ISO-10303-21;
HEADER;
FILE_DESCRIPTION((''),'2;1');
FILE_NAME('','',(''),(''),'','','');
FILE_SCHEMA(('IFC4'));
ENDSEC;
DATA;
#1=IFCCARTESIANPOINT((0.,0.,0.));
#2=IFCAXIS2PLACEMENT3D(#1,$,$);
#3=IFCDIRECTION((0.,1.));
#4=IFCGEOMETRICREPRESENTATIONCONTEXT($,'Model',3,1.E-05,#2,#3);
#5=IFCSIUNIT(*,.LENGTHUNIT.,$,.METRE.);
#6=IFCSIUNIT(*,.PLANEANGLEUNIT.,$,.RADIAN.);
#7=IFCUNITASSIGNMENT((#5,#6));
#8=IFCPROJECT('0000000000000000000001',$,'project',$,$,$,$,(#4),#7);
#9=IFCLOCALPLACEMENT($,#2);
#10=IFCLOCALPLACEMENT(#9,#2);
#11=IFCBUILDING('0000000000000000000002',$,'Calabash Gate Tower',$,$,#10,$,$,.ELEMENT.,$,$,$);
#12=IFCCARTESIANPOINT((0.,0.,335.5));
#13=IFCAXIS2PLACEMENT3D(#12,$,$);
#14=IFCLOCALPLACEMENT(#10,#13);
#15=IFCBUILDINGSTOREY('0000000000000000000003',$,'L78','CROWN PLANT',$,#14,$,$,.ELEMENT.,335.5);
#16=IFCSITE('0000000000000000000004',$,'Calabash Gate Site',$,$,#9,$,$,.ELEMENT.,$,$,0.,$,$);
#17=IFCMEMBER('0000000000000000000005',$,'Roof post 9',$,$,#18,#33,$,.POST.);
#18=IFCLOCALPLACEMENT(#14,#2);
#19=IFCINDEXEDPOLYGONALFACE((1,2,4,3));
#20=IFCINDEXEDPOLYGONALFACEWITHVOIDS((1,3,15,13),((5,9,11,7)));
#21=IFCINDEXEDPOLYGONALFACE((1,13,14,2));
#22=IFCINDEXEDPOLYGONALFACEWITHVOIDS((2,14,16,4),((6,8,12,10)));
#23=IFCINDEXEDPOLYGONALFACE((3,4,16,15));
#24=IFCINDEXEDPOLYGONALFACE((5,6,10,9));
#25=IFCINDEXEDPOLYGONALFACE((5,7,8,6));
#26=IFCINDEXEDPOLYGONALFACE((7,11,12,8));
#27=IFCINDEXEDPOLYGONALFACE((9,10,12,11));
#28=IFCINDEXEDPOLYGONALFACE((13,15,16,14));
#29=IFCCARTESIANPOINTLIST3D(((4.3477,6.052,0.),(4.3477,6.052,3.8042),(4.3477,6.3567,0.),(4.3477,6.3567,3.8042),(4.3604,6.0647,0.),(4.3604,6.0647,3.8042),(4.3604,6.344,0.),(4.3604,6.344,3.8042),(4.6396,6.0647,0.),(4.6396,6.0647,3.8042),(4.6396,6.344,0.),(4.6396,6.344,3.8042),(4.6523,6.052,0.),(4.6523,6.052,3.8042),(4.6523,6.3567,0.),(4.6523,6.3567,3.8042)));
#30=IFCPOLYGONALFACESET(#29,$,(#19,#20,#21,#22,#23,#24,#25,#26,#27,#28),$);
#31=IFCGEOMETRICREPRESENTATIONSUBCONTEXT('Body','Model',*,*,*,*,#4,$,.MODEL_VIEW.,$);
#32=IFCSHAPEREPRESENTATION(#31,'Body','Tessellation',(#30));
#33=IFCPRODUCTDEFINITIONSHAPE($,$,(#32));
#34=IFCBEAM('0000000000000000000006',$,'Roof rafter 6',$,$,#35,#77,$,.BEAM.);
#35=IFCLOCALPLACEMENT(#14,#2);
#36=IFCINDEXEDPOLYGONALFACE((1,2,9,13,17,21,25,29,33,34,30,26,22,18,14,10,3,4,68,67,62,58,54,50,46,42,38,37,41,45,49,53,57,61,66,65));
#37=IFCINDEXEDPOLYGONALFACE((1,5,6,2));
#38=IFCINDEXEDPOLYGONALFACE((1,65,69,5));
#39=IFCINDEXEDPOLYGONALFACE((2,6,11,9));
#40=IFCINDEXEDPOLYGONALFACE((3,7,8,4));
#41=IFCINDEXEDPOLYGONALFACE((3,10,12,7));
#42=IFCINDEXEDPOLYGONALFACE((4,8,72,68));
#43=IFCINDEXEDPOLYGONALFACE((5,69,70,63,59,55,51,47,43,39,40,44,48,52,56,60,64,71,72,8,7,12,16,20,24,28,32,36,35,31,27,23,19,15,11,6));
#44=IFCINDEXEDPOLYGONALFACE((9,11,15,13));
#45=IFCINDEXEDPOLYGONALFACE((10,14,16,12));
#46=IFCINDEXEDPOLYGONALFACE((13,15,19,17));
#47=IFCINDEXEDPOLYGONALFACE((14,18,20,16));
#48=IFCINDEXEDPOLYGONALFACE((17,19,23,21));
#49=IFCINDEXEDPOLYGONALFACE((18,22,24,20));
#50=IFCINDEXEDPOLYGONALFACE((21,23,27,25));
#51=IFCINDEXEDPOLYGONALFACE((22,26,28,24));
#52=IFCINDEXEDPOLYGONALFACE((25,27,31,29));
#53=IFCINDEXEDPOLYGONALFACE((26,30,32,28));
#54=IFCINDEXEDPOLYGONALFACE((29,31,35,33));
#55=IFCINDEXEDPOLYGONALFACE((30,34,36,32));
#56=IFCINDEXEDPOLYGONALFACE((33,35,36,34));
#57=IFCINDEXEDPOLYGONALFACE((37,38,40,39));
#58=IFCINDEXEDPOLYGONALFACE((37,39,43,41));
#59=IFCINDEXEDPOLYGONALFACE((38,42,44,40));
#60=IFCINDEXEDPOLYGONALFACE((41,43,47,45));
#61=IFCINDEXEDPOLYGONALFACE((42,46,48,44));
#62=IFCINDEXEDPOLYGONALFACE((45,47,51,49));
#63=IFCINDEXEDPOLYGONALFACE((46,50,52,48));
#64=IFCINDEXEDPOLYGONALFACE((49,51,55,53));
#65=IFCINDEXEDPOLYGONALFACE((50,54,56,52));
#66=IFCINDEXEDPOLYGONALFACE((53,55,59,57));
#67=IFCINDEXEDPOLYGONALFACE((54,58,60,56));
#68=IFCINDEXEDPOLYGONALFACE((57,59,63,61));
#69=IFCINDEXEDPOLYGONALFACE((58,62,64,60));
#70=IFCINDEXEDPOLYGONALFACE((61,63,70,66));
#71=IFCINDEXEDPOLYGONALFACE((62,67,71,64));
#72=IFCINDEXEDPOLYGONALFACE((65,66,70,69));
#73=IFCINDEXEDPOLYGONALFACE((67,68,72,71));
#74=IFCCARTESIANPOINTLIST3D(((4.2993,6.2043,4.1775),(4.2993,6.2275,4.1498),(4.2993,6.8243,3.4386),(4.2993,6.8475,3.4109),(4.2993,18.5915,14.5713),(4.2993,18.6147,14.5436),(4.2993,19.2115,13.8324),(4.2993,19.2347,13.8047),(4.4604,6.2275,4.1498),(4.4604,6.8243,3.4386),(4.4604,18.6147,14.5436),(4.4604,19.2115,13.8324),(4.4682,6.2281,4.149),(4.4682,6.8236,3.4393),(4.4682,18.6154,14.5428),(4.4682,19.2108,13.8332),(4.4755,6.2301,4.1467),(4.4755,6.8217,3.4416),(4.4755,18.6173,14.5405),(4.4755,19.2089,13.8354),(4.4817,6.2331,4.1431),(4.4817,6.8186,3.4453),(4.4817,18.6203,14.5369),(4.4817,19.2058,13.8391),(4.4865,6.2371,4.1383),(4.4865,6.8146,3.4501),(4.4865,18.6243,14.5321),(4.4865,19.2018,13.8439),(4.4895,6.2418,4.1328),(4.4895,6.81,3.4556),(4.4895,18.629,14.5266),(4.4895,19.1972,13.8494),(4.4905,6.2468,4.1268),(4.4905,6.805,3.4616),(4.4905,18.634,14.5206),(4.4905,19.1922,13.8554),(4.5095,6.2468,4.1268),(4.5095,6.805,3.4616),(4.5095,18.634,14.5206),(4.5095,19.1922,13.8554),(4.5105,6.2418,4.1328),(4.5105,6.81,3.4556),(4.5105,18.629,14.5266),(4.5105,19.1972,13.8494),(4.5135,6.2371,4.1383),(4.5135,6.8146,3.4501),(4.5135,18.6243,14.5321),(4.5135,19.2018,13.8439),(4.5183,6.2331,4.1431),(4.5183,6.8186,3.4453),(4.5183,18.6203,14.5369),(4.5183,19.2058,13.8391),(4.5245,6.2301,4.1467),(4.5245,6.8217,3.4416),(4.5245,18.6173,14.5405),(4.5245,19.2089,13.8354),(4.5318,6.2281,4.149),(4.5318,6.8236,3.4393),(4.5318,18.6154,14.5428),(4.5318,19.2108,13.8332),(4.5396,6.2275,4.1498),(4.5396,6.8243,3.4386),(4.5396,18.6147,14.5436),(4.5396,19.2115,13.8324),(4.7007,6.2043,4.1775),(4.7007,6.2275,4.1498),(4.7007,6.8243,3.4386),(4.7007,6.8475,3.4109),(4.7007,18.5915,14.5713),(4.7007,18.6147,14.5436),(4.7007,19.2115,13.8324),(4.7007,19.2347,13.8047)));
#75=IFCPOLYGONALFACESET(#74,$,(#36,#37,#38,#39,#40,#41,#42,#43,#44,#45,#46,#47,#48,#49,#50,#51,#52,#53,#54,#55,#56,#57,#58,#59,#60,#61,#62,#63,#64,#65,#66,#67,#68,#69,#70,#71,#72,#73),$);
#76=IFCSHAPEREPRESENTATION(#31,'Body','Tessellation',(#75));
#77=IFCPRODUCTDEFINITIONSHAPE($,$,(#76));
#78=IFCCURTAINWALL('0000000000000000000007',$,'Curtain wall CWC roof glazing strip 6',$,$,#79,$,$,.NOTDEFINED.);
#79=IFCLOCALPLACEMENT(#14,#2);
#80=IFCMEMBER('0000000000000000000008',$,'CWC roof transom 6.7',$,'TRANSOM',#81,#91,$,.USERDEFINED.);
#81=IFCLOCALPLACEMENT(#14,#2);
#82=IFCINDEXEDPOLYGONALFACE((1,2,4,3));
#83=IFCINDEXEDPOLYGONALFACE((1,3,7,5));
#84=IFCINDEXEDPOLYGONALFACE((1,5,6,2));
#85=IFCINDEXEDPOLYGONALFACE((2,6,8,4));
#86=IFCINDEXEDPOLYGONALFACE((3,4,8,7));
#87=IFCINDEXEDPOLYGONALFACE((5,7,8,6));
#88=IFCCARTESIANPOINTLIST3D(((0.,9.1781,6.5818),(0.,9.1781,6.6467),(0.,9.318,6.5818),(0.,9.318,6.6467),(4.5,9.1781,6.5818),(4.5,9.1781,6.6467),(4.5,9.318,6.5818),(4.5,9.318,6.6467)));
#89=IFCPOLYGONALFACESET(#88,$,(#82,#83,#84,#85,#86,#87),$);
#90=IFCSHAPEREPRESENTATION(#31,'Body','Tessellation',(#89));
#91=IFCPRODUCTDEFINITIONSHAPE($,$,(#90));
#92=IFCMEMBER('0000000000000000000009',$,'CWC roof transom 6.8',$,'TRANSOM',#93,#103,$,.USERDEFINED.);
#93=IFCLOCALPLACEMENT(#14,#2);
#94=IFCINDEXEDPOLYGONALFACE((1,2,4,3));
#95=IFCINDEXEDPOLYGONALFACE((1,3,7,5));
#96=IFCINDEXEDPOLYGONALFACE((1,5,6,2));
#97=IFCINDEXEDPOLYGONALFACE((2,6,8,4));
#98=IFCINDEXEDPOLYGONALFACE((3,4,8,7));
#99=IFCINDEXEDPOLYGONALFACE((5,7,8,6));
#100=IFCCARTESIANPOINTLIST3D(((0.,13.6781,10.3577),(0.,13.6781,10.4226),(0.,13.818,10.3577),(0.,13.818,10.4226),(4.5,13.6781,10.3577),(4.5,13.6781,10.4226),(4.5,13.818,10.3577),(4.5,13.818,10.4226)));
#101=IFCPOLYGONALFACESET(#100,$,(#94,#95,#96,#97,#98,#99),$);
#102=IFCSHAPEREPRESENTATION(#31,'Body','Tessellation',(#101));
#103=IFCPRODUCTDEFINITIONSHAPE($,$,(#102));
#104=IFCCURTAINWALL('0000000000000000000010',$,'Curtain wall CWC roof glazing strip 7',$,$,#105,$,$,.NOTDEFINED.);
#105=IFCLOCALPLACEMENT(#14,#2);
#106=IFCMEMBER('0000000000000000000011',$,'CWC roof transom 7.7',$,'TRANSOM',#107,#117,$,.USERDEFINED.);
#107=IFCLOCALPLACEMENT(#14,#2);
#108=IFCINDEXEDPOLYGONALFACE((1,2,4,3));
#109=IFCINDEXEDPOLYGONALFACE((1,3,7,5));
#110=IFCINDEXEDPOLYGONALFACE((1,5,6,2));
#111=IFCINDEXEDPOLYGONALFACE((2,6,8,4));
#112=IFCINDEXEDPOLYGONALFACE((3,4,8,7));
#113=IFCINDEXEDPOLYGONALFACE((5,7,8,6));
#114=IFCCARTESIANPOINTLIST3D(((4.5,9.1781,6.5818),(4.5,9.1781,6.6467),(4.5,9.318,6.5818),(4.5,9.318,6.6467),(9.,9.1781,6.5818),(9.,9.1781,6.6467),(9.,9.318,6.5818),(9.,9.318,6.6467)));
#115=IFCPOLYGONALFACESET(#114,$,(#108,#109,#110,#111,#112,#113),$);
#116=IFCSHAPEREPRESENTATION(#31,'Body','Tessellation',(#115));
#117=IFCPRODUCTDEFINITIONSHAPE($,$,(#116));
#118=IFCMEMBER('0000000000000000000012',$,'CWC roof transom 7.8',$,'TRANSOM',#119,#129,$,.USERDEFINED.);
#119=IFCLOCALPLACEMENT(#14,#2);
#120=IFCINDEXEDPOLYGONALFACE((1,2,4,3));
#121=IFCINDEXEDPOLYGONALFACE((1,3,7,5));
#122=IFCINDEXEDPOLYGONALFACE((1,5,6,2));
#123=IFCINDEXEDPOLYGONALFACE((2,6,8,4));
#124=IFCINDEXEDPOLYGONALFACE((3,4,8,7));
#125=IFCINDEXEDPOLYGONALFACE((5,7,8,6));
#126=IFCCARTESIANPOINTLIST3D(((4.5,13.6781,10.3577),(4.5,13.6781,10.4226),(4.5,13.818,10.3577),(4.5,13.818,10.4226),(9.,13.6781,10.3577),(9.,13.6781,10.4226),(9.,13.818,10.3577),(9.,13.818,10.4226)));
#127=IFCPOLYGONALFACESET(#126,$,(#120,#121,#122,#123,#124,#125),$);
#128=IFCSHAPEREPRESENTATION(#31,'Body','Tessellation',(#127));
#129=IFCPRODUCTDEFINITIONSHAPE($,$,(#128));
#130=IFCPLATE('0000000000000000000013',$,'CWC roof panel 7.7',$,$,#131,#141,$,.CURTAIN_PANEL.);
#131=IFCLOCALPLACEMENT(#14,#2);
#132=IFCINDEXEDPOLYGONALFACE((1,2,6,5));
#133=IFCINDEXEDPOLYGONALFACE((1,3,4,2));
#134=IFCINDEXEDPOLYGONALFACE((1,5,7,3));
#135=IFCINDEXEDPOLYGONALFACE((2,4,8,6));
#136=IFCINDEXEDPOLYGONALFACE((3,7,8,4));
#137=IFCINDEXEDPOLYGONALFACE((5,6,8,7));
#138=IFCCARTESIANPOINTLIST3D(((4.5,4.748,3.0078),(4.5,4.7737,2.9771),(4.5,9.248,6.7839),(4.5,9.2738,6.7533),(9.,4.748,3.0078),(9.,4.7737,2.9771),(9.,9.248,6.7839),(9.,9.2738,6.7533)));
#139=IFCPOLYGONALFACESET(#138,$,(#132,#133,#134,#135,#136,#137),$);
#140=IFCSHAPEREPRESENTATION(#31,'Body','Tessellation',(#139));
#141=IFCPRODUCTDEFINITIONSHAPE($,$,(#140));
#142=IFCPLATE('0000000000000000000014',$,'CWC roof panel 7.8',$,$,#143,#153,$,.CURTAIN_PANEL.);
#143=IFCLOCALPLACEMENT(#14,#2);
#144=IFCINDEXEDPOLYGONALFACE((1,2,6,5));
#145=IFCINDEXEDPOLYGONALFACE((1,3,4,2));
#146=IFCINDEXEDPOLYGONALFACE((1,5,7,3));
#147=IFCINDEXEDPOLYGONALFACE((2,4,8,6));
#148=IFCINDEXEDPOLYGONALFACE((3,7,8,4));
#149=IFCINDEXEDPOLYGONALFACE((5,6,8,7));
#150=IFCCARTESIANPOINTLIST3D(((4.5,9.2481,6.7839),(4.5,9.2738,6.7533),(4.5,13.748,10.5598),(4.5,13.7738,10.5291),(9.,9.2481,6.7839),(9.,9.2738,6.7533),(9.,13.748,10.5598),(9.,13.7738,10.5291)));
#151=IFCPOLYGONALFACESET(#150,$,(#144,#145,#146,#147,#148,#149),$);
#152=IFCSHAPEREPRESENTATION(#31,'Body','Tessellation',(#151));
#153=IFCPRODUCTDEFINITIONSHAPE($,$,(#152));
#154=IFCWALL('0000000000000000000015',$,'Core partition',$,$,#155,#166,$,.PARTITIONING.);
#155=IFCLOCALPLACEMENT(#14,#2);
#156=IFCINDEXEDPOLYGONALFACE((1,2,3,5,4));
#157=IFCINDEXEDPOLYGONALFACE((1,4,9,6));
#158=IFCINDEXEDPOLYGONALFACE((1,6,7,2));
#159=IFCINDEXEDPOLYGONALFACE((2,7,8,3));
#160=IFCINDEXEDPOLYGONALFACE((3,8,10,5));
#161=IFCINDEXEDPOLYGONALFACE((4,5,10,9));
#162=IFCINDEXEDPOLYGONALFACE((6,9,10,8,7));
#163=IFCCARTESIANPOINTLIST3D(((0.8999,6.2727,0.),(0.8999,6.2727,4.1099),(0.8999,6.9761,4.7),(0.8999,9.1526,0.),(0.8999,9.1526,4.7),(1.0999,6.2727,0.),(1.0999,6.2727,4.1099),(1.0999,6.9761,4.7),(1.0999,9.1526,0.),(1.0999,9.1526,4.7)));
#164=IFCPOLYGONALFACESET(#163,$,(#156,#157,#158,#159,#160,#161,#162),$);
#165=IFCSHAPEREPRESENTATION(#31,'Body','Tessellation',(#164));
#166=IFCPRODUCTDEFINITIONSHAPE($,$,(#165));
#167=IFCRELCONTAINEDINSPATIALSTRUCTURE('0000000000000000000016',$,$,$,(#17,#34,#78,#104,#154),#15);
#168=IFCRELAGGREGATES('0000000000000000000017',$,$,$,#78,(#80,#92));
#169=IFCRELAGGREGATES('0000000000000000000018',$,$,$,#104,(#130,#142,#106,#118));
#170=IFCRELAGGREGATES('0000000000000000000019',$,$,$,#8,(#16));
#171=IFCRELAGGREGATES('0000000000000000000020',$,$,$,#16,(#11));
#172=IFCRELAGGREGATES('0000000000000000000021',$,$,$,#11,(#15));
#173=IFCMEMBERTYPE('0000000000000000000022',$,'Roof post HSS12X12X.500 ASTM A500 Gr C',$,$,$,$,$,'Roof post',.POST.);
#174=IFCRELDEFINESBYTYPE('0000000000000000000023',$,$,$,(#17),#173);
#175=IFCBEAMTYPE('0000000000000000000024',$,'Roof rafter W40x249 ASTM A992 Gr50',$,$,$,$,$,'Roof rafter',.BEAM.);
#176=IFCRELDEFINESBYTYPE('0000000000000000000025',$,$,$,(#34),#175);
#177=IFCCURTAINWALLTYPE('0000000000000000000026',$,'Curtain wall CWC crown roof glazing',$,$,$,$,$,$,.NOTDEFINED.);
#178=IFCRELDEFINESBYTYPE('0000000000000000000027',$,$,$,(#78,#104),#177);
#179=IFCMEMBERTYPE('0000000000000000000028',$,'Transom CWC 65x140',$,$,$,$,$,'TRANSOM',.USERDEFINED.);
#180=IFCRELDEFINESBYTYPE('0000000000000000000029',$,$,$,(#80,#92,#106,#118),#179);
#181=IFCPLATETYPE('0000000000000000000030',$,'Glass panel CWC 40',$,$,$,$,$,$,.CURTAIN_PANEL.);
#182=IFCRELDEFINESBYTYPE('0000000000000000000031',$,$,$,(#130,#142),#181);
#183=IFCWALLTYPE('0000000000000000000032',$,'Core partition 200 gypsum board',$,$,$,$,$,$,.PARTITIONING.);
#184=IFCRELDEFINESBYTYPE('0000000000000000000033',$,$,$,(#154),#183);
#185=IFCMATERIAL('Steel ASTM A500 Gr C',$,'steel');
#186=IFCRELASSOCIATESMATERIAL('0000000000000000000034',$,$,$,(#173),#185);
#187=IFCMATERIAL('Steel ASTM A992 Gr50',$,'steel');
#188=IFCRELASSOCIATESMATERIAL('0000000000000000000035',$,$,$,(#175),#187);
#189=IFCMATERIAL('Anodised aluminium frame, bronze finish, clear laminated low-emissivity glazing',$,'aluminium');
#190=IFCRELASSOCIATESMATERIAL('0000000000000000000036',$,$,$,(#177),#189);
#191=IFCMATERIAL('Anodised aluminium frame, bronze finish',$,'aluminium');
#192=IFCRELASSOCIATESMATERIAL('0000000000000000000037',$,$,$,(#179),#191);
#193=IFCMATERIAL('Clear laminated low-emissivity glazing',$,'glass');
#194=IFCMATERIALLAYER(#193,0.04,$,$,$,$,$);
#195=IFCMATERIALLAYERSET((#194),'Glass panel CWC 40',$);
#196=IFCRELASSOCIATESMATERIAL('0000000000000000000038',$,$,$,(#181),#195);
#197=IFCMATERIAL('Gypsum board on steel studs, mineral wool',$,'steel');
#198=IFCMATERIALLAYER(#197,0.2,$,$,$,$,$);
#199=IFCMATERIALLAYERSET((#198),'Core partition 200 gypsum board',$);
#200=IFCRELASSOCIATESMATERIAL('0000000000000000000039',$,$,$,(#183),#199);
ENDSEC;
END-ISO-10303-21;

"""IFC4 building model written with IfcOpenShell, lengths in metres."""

from ifc_helpers import new_model, si_unit, direction, frame, origin, origin_2d, place, context, subcontext, project, spatial, polyline, rectangle, hollow_rectangle, i_section, outline, extrude, material, layer, layer_set, material_profile, profile_set, type_object, element, aggregate, save


model = new_model("IFC4")

# Units and contexts
model_context = context("Model", 3, precision=1e-05, world=origin(), true_north=direction((0.0, 1.0)))
body_context = subcontext(model_context, "Body", "Model", "MODEL_VIEW")
ifc_project = project(units=[si_unit("LENGTHUNIT", "METRE"), si_unit("PLANEANGLEUNIT", "RADIAN")], contexts=[model_context])

# Site, building, storey
site_placement = place(None, origin())
site = spatial("IfcSite", under=ifc_project, at=site_placement, Name="Calabash Gate Site", CompositionType="ELEMENT", RefElevation=0.0)
building_placement = place(site_placement, origin())
building = spatial("IfcBuilding", under=site, at=building_placement, Name="Calabash Gate Tower", CompositionType="ELEMENT")
storey_placement = place(building_placement, frame((0.0, 0.0, 335.5)))
storey = spatial("IfcBuildingStorey", under=building, at=storey_placement, Name="L78", Description="CROWN PLANT", CompositionType="ELEMENT", Elevation=335.5)

# Member
ifc_material_1 = material(Name="Steel ASTM A500 Gr C", Category="steel")
ifc_material_profile_1 = material_profile(ifc_material_1, hollow_rectangle(XDim=0.3047, YDim=0.3047, WallThickness=0.0127, at=origin_2d()))
ifc_profile_set_1 = profile_set([ifc_material_profile_1], Name="Steel ASTM A500 Gr C")
member_type_1 = type_object("IfcMemberType", Name="Roof post HSS12X12X.500 ASTM A500 Gr C", ElementType="Roof post", PredefinedType="POST", material=ifc_profile_set_1)
member_1_placement = place(storey_placement, frame((4.5, 6.2043, 0.0), z_axis=(0.0, 0.0, 1.0), x_axis=(1.0, 0.0, 0.0)))
element("IfcMember", 1, at=member_1_placement, inside=storey, type_object=member_type_1, Name="Roof post 9", PredefinedType="POST", context=body_context, shape_type="SweptSolid", body=[
    extrude(hollow_rectangle(XDim=0.3047, YDim=0.3047, WallThickness=0.0127, at=origin_2d()), origin(), (0.0, 0.0, 1.0), 3.8042),
])

# Beam
ifc_material_2 = material(Name="Steel ASTM A992 Gr50", Category="steel")
ifc_material_profile_2 = material_profile(ifc_material_2, i_section(OverallWidth=0.4014, OverallDepth=1.0007, WebThickness=0.019, FlangeThickness=0.0361, FilletRadius=0.03, at=origin_2d()))
ifc_profile_set_2 = profile_set([ifc_material_profile_2], Name="Steel ASTM A992 Gr50")
beam_type = type_object("IfcBeamType", Name="Roof rafter W40x249 ASTM A992 Gr50", ElementType="Roof rafter", PredefinedType="BEAM", material=ifc_profile_set_2)
beam_placement = place(storey_placement, frame((4.5, 6.5259, 3.7942), z_axis=(0.0, 0.766054, 0.642777), x_axis=(-1.0, 0.0, 0.0)))
element("IfcBeam", 2, at=beam_placement, inside=storey, type_object=beam_type, Name="Roof rafter 6", PredefinedType="BEAM", context=body_context, shape_type="SweptSolid", body=[
    extrude(i_section(OverallWidth=0.4014, OverallDepth=1.0007, WebThickness=0.019, FlangeThickness=0.0361, FilletRadius=0.03, at=origin_2d()), origin(), (0.0, 0.0, 1.0), 16.1702),
])

# Curtain wall, members
ifc_material_3 = material(Name="Anodised aluminium frame, bronze finish, clear laminated low-emissivity glazing", Category="aluminium")
curtain_wall_type = type_object("IfcCurtainWallType", Name="Curtain wall CWC crown roof glazing", PredefinedType="NOTDEFINED", material=ifc_material_3)
curtain_wall_1_placement = place(storey_placement, origin())
curtain_wall_1 = element("IfcCurtainWall", 3, at=curtain_wall_1_placement, inside=storey, type_object=curtain_wall_type, Name="Curtain wall CWC roof glazing strip 6", PredefinedType="NOTDEFINED")
ifc_material_4 = material(Name="Anodised aluminium frame, bronze finish", Category="aluminium")
ifc_material_profile_3 = material_profile(ifc_material_4, rectangle(XDim=0.1399, YDim=0.0649, at=origin_2d()))
ifc_profile_set_3 = profile_set([ifc_material_profile_3], Name="Anodised aluminium frame, bronze finish")
member_type_2 = type_object("IfcMemberType", Name="Transom CWC 65x140", ElementType="TRANSOM", PredefinedType="USERDEFINED", material=ifc_profile_set_3)
member_2_placement = place(storey_placement, frame((0.0, 9.248, 6.6143), z_axis=(1.0, 0.0, 0.0), x_axis=(0.0, 1.0, 0.0)))
member_2 = element("IfcMember", 4, at=member_2_placement, type_object=member_type_2, Name="CWC roof transom 6.7", ObjectType="TRANSOM", PredefinedType="USERDEFINED", context=body_context, shape_type="SweptSolid", body=[
    extrude(rectangle(XDim=0.1399, YDim=0.0649, at=origin_2d()), origin(), (0.0, 0.0, 1.0), 4.5),
])
member_3_placement = place(storey_placement, frame((0.0, 13.748, 10.3901), z_axis=(1.0, 0.0, 0.0), x_axis=(0.0, 1.0, 0.0)))
member_3 = element("IfcMember", 5, at=member_3_placement, type_object=member_type_2, Name="CWC roof transom 6.8", ObjectType="TRANSOM", PredefinedType="USERDEFINED", context=body_context, shape_type="SweptSolid", body=[
    extrude(rectangle(XDim=0.1399, YDim=0.0649, at=origin_2d()), origin(), (0.0, 0.0, 1.0), 4.5),
])
aggregate(curtain_wall_1, [member_2, member_3])

# Curtain wall, members, plates
curtain_wall_2_placement = place(storey_placement, origin())
curtain_wall_2 = element("IfcCurtainWall", 6, at=curtain_wall_2_placement, inside=storey, type_object=curtain_wall_type, Name="Curtain wall CWC roof glazing strip 7", PredefinedType="NOTDEFINED")
member_4_placement = place(storey_placement, frame((4.5, 9.248, 6.6143), z_axis=(1.0, 0.0, 0.0), x_axis=(0.0, 1.0, 0.0)))
member_4 = element("IfcMember", 7, at=member_4_placement, type_object=member_type_2, Name="CWC roof transom 7.7", ObjectType="TRANSOM", PredefinedType="USERDEFINED", context=body_context, shape_type="SweptSolid", body=[
    extrude(rectangle(XDim=0.1399, YDim=0.0649, at=origin_2d()), origin(), (0.0, 0.0, 1.0), 4.5),
])
member_5_placement = place(storey_placement, frame((4.5, 13.748, 10.3901), z_axis=(1.0, 0.0, 0.0), x_axis=(0.0, 1.0, 0.0)))
member_5 = element("IfcMember", 8, at=member_5_placement, type_object=member_type_2, Name="CWC roof transom 7.8", ObjectType="TRANSOM", PredefinedType="USERDEFINED", context=body_context, shape_type="SweptSolid", body=[
    extrude(rectangle(XDim=0.1399, YDim=0.0649, at=origin_2d()), origin(), (0.0, 0.0, 1.0), 4.5),
])
ifc_material_5 = material(Name="Clear laminated low-emissivity glazing", Category="glass")
ifc_layer_1 = layer(ifc_material_5, 0.04)
ifc_layer_set_1 = layer_set([ifc_layer_1], Name="Glass panel CWC 40")
plate_type = type_object("IfcPlateType", Name="Glass panel CWC 40", PredefinedType="CURTAIN_PANEL", material=ifc_layer_set_1)
plate_1_placement = place(storey_placement, frame((4.5, 9.248, 6.7839), z_axis=(0.0, -0.642805, 0.76603), x_axis=(1.0, 0.0, 0.0)))
plate_1 = element("IfcPlate", 9, at=plate_1_placement, type_object=plate_type, Name="CWC roof panel 7.7", PredefinedType="CURTAIN_PANEL", context=body_context, shape_type="SweptSolid", body=[
    extrude(outline(polyline([(0.0, 0.0), (4.5, 0.0), (4.5, -5.8745), (0.0, -5.8745), (0.0, 0.0)])), origin(), (0.0, 0.0, -1.0), 0.04),
])
plate_2_placement = place(storey_placement, frame((4.5, 13.748, 10.5598), z_axis=(0.0, -0.642781, 0.76605), x_axis=(1.0, 0.0, 0.0)))
plate_2 = element("IfcPlate", 10, at=plate_2_placement, type_object=plate_type, Name="CWC roof panel 7.8", PredefinedType="CURTAIN_PANEL", context=body_context, shape_type="SweptSolid", body=[
    extrude(outline(polyline([(0.0, 0.0), (4.5, 0.0), (4.5, -5.8743), (0.0, -5.8743), (0.0, 0.0)])), origin(), (0.0, 0.0, -1.0), 0.04),
])
aggregate(curtain_wall_2, [plate_1, plate_2, member_4, member_5])

# Wall
ifc_material_6 = material(Name="Gypsum board on steel studs, mineral wool", Category="steel")
ifc_layer_2 = layer(ifc_material_6, 0.2)
ifc_layer_set_2 = layer_set([ifc_layer_2], Name="Core partition 200 gypsum board")
wall_type_1 = type_object("IfcWallType", Name="Core partition 200 gypsum board", PredefinedType="PARTITIONING", material=ifc_layer_set_2)
wall_1_placement = place(storey_placement, frame((1.0, 6.2727, 0.0), z_axis=(0.0, 0.0, 1.0), x_axis=(0.0, 1.0, 0.0)))
element("IfcWall", 11, at=wall_1_placement, inside=storey, type_object=wall_type_1, Name="Core partition", PredefinedType="PARTITIONING", context=body_context, shape_type="SweptSolid", body=[
    extrude(outline(polyline([(0.0, 0.0), (2.8799, 0.0), (2.8799, 4.7), (0.7034, 4.7), (0.0, 4.1099), (0.0, 0.0)])), frame((0.0, 0.1001, 0.0), z_axis=(0.0, -1.0, 0.0), x_axis=(1.0, 0.0, 0.0)), (0.0, 0.0, 1.0), 0.2),
])

save(model, "model.ifc")
